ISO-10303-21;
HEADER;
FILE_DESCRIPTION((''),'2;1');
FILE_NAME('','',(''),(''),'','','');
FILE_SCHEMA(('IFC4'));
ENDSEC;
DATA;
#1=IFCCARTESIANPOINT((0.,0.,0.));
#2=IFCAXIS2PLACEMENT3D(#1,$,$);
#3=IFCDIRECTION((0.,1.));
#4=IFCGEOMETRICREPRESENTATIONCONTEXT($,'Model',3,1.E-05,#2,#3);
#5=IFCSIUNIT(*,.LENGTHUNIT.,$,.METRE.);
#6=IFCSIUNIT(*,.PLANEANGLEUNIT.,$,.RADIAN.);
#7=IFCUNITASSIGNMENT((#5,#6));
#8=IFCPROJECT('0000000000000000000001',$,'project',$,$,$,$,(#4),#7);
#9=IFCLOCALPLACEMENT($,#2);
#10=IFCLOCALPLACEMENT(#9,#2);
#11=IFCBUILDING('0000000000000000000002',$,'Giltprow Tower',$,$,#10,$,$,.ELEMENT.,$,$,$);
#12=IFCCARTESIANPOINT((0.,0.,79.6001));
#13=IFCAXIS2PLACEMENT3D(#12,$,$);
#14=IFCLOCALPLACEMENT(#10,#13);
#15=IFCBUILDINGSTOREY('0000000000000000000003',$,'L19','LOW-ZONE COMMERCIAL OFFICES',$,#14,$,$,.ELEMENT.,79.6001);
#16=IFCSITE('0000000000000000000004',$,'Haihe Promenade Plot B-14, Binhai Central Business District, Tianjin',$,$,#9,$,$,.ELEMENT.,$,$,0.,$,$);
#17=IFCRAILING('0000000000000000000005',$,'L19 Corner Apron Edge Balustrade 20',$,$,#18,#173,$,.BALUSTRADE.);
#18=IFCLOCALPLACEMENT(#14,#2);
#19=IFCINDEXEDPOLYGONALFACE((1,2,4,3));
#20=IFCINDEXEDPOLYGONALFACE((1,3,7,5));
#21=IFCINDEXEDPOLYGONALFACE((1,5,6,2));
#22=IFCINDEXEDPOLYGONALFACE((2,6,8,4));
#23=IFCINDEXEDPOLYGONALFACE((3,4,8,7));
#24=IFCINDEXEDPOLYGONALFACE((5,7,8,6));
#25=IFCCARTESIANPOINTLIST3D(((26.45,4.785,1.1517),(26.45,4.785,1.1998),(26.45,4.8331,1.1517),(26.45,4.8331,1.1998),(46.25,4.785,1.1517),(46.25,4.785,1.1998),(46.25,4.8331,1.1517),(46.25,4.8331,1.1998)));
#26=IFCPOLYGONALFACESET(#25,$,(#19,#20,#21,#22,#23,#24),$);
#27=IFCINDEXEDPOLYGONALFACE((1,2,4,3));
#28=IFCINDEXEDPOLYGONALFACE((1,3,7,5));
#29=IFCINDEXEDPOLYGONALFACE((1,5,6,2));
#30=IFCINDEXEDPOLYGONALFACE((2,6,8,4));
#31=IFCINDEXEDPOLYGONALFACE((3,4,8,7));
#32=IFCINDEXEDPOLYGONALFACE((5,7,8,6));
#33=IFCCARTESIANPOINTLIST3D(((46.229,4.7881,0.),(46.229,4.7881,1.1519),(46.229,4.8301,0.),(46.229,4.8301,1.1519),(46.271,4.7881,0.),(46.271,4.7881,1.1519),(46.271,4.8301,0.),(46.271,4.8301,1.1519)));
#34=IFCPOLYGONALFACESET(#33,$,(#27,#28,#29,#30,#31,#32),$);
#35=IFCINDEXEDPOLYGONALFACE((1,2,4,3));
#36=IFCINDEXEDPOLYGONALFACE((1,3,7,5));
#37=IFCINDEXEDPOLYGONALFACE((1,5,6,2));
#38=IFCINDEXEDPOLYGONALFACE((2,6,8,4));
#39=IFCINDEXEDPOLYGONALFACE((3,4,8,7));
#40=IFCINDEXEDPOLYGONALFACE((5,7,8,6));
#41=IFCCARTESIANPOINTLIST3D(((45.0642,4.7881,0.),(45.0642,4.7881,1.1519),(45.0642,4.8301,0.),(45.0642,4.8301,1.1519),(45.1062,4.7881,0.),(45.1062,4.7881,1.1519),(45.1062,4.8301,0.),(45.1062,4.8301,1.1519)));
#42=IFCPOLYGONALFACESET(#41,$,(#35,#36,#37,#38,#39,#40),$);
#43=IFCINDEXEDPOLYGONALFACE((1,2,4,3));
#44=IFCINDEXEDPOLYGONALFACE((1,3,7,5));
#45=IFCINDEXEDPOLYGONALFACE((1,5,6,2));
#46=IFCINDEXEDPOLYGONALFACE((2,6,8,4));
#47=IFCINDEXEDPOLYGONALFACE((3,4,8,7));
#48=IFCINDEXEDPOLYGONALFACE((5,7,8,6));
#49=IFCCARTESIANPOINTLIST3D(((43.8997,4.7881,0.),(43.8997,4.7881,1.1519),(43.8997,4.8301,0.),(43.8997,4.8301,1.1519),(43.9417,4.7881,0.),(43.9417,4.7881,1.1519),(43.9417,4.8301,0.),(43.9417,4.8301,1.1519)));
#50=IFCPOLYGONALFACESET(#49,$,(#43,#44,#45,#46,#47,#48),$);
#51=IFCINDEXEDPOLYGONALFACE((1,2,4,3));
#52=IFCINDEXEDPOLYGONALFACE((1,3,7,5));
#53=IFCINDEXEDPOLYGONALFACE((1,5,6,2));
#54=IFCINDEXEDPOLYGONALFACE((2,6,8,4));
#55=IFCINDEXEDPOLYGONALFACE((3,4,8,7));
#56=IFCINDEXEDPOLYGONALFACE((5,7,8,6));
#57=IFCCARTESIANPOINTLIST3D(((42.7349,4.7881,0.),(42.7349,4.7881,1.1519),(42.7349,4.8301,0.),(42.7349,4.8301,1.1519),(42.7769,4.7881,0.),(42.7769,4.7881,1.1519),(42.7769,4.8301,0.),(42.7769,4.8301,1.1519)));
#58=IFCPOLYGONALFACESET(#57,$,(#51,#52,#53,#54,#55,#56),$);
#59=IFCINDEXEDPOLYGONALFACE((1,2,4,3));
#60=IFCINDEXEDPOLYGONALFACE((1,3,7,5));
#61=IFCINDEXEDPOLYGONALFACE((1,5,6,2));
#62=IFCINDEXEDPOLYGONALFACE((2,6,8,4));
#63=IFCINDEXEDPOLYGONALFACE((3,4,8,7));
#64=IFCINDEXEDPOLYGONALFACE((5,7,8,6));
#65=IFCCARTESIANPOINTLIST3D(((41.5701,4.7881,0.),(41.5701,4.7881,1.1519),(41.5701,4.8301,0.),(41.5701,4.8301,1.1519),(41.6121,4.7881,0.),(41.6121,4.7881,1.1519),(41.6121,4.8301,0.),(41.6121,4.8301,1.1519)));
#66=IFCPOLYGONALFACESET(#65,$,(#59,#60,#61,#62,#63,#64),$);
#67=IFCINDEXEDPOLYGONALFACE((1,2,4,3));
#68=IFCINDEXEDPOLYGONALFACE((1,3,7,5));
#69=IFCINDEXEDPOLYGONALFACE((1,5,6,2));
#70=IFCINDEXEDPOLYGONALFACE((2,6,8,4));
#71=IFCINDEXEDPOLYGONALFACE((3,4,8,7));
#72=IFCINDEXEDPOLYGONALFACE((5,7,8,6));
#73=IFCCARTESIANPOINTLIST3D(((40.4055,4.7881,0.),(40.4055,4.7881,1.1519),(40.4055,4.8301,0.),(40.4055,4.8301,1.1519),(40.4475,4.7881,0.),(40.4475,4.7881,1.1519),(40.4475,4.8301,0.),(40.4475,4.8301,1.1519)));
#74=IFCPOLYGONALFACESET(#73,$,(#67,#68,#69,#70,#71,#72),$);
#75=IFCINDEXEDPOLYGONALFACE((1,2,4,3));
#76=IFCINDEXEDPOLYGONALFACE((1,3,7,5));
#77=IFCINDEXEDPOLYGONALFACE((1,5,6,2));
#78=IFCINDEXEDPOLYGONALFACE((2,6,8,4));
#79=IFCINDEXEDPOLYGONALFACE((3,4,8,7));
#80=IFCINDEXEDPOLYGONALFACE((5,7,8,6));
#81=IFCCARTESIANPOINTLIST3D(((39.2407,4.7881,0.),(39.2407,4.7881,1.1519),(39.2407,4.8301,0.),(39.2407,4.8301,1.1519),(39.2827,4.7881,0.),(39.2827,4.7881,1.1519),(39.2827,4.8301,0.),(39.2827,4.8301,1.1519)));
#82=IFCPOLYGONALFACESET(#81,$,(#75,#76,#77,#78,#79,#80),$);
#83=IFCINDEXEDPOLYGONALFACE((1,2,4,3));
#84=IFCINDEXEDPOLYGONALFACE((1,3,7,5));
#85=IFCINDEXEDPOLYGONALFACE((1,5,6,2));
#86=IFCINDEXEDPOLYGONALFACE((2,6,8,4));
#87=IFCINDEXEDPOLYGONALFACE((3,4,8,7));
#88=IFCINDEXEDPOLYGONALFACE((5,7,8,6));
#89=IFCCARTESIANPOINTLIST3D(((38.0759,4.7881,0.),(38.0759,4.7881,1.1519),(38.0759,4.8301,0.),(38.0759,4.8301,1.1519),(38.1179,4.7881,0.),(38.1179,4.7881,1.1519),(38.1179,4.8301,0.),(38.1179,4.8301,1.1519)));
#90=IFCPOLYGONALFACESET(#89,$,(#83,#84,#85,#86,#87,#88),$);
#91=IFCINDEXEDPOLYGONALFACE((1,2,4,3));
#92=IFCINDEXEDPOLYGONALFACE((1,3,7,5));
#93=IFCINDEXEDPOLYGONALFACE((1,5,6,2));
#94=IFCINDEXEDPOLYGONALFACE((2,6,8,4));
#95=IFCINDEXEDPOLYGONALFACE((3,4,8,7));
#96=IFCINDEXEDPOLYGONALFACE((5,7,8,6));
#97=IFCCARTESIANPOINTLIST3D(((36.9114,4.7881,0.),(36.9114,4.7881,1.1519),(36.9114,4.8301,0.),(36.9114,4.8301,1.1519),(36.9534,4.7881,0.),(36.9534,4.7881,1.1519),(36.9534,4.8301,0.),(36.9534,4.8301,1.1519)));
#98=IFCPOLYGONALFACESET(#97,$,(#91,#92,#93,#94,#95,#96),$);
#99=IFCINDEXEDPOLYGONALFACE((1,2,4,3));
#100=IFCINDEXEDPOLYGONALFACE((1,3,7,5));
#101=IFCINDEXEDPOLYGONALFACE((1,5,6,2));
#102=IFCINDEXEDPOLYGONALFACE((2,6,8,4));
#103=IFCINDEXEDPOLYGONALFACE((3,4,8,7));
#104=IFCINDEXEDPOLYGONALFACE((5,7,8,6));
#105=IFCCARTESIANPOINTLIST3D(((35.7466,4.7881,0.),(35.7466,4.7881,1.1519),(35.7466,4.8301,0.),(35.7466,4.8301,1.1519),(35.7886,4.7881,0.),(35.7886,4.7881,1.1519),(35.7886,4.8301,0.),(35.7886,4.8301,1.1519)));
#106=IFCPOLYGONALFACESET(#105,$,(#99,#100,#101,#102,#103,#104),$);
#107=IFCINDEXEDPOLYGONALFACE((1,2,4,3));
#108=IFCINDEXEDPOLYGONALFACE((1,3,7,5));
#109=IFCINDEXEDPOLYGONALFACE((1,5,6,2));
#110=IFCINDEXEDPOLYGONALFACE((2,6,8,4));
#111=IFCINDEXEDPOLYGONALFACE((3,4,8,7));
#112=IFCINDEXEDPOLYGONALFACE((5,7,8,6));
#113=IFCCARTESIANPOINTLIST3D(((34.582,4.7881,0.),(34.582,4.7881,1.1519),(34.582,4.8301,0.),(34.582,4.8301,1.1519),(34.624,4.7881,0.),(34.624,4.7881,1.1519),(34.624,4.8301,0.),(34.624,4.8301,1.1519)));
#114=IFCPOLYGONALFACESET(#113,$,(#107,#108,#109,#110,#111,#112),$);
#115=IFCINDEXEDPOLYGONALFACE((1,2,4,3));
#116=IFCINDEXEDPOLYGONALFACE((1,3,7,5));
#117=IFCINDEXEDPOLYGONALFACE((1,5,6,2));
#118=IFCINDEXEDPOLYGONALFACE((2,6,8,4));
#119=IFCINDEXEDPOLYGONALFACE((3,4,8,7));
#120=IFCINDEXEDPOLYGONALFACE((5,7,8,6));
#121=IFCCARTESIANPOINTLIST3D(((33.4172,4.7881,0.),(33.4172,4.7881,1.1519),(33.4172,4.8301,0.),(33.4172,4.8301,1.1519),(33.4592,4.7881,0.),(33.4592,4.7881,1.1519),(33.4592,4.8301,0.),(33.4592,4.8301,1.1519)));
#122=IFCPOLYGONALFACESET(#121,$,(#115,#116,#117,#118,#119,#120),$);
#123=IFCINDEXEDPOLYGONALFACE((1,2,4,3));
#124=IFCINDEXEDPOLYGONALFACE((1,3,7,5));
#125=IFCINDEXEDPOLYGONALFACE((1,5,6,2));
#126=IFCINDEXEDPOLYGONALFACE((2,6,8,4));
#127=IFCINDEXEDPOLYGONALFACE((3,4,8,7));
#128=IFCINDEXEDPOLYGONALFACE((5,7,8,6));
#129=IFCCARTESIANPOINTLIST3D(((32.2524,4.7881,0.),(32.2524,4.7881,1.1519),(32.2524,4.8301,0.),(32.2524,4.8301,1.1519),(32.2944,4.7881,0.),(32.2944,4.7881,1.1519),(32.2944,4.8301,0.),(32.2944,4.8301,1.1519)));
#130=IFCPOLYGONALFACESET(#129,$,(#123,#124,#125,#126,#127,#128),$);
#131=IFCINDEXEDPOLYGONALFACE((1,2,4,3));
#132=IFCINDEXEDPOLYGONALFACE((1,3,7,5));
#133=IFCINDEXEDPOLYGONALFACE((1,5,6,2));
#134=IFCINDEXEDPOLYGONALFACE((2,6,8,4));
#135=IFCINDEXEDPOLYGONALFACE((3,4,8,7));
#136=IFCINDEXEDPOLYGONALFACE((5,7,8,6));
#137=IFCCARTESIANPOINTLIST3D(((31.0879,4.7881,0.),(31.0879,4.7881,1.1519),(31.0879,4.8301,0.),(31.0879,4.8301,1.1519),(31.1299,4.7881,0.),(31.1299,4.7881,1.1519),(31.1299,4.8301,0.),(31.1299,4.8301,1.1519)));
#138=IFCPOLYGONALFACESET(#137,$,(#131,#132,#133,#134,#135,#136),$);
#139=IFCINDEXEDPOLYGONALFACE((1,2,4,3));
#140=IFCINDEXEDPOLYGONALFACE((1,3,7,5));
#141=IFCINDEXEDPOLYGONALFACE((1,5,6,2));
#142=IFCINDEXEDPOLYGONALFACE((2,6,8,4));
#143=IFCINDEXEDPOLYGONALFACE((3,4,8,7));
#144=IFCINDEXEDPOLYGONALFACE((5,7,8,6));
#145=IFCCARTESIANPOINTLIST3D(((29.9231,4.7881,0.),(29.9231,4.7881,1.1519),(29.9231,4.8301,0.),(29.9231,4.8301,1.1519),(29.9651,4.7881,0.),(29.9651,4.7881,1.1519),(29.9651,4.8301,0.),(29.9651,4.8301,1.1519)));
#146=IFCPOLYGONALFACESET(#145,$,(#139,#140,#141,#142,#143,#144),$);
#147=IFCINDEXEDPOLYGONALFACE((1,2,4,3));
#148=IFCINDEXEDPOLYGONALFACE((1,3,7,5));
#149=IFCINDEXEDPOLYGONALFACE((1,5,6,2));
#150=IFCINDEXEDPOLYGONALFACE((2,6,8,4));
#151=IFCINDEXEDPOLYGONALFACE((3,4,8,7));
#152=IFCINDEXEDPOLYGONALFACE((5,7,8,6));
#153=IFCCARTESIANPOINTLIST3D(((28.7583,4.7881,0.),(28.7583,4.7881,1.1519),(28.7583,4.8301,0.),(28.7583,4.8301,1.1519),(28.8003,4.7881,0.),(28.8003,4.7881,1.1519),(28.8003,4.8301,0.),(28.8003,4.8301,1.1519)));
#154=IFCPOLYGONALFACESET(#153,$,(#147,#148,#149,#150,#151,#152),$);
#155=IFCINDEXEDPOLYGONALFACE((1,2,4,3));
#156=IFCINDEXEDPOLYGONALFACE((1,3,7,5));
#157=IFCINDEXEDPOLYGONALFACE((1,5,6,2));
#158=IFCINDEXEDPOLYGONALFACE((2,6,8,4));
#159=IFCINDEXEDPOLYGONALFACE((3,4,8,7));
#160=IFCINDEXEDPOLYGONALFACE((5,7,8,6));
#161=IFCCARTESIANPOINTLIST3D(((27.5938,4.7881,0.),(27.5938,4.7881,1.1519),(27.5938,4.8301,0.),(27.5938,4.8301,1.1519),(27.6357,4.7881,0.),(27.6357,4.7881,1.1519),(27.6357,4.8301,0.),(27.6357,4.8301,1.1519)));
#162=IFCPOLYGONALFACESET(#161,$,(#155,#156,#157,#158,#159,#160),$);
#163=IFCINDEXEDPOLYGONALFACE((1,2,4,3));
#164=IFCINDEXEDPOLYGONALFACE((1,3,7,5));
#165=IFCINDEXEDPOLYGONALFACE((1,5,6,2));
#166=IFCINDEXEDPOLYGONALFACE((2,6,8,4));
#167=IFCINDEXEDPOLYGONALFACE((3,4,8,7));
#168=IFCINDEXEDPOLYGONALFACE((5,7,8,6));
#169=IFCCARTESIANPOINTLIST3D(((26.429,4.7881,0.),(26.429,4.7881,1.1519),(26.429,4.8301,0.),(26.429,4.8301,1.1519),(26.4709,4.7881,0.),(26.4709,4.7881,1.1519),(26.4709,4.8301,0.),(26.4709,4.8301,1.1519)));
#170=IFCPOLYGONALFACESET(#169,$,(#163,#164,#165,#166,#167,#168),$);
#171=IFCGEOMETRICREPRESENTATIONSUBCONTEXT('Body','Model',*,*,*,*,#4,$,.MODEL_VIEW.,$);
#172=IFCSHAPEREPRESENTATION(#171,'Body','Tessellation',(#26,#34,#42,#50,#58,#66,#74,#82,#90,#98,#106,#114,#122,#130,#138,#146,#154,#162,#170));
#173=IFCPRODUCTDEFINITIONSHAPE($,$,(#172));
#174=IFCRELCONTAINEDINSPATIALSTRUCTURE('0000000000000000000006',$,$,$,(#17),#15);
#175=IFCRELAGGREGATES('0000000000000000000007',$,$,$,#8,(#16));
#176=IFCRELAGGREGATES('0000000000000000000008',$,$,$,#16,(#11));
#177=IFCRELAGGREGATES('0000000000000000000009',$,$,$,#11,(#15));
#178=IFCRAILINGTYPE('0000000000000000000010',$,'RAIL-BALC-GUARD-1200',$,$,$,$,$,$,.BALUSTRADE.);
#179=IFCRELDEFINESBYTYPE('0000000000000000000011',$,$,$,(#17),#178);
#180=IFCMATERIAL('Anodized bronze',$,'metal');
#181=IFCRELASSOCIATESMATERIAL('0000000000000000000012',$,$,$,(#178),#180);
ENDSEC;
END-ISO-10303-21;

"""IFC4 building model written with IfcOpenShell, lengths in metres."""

from ifc_helpers import new_model, si_unit, direction, frame, origin, origin_2d, place, context, subcontext, project, spatial, rectangle, extrude, material, type_object, element, save


model = new_model("IFC4")

# Units and contexts
model_context = context("Model", 3, precision=1e-05, world=origin(), true_north=direction((0.0, 1.0)))
body_context = subcontext(model_context, "Body", "Model", "MODEL_VIEW")
ifc_project = project(units=[si_unit("LENGTHUNIT", "METRE"), si_unit("PLANEANGLEUNIT", "RADIAN")], contexts=[model_context])

# Site, building, storey
site_placement = place(None, origin())
site = spatial("IfcSite", under=ifc_project, at=site_placement, Name="Haihe Promenade Plot B-14, Binhai Central Business District, Tianjin", CompositionType="ELEMENT", RefElevation=0.0)
building_placement = place(site_placement, origin())
building = spatial("IfcBuilding", under=site, at=building_placement, Name="Giltprow Tower", CompositionType="ELEMENT")
storey_placement = place(building_placement, frame((0.0, 0.0, 79.6001)))
storey = spatial("IfcBuildingStorey", under=building, at=storey_placement, Name="L19", Description="LOW-ZONE COMMERCIAL OFFICES", CompositionType="ELEMENT", Elevation=79.6001)

# Shared definitions
ifc_material_1 = material(Name="Anodized bronze", Category="metal")

# Railing
railing_type = type_object("IfcRailingType", Name="RAIL-BALC-GUARD-1200", PredefinedType="BALUSTRADE", material=ifc_material_1)
railing_1_placement = place(storey_placement, frame((46.25, 4.8091, 0.0)))
element("IfcRailing", 1, at=railing_1_placement, inside=storey, type_object=railing_type, Name="L19 Corner Apron Edge Balustrade 20", PredefinedType="BALUSTRADE", context=body_context, shape_type="SweptSolid", body=[
    extrude(rectangle(XDim=0.0481, YDim=0.0481, at=origin_2d()), frame((0.0, 0.0, 1.1758), z_axis=(-1.0, 0.0, 0.0), x_axis=(0.0, -1.0, 0.0)), (0.0, 0.0, 1.0), 19.8),
    extrude(rectangle(XDim=0.042, YDim=0.042, at=origin_2d()), origin(), (0.0, 0.0, 1.0), 1.1519),
    extrude(rectangle(XDim=0.042, YDim=0.042, at=origin_2d()), frame((-1.1648, 0.0, 0.0)), (0.0, 0.0, 1.0), 1.1519),
    extrude(rectangle(XDim=0.042, YDim=0.042, at=origin_2d()), frame((-2.3293, 0.0, 0.0)), (0.0, 0.0, 1.0), 1.1519),
    extrude(rectangle(XDim=0.042, YDim=0.042, at=origin_2d()), frame((-3.4941, 0.0, 0.0)), (0.0, 0.0, 1.0), 1.1519),
    extrude(rectangle(XDim=0.042, YDim=0.042, at=origin_2d()), frame((-4.6589, 0.0, 0.0)), (0.0, 0.0, 1.0), 1.1519),
    extrude(rectangle(XDim=0.042, YDim=0.042, at=origin_2d()), frame((-5.8235, 0.0, 0.0)), (0.0, 0.0, 1.0), 1.1519),
    extrude(rectangle(XDim=0.042, YDim=0.042, at=origin_2d()), frame((-6.9883, 0.0, 0.0)), (0.0, 0.0, 1.0), 1.1519),
    extrude(rectangle(XDim=0.042, YDim=0.042, at=origin_2d()), frame((-8.1531, 0.0, 0.0)), (0.0, 0.0, 1.0), 1.1519),
    extrude(rectangle(XDim=0.042, YDim=0.042, at=origin_2d()), frame((-9.3176, 0.0, 0.0)), (0.0, 0.0, 1.0), 1.1519),
    extrude(rectangle(XDim=0.042, YDim=0.042, at=origin_2d()), frame((-10.4824, 0.0, 0.0)), (0.0, 0.0, 1.0), 1.1519),
    extrude(rectangle(XDim=0.042, YDim=0.042, at=origin_2d()), frame((-11.647, 0.0, 0.0)), (0.0, 0.0, 1.0), 1.1519),
    extrude(rectangle(XDim=0.042, YDim=0.042, at=origin_2d()), frame((-12.8118, 0.0, 0.0)), (0.0, 0.0, 1.0), 1.1519),
    extrude(rectangle(XDim=0.042, YDim=0.042, at=origin_2d()), frame((-13.9766, 0.0, 0.0)), (0.0, 0.0, 1.0), 1.1519),
    extrude(rectangle(XDim=0.042, YDim=0.042, at=origin_2d()), frame((-15.1411, 0.0, 0.0)), (0.0, 0.0, 1.0), 1.1519),
    extrude(rectangle(XDim=0.042, YDim=0.042, at=origin_2d()), frame((-16.3059, 0.0, 0.0)), (0.0, 0.0, 1.0), 1.1519),
    extrude(rectangle(XDim=0.042, YDim=0.042, at=origin_2d()), frame((-17.4707, 0.0, 0.0)), (0.0, 0.0, 1.0), 1.1519),
    extrude(rectangle(XDim=0.042, YDim=0.042, at=origin_2d()), frame((-18.6353, 0.0, 0.0)), (0.0, 0.0, 1.0), 1.1519),
    extrude(rectangle(XDim=0.042, YDim=0.042, at=origin_2d()), frame((-19.8, 0.0, 0.0)), (0.0, 0.0, 1.0), 1.1519),
])

save(model, "model.ifc")
